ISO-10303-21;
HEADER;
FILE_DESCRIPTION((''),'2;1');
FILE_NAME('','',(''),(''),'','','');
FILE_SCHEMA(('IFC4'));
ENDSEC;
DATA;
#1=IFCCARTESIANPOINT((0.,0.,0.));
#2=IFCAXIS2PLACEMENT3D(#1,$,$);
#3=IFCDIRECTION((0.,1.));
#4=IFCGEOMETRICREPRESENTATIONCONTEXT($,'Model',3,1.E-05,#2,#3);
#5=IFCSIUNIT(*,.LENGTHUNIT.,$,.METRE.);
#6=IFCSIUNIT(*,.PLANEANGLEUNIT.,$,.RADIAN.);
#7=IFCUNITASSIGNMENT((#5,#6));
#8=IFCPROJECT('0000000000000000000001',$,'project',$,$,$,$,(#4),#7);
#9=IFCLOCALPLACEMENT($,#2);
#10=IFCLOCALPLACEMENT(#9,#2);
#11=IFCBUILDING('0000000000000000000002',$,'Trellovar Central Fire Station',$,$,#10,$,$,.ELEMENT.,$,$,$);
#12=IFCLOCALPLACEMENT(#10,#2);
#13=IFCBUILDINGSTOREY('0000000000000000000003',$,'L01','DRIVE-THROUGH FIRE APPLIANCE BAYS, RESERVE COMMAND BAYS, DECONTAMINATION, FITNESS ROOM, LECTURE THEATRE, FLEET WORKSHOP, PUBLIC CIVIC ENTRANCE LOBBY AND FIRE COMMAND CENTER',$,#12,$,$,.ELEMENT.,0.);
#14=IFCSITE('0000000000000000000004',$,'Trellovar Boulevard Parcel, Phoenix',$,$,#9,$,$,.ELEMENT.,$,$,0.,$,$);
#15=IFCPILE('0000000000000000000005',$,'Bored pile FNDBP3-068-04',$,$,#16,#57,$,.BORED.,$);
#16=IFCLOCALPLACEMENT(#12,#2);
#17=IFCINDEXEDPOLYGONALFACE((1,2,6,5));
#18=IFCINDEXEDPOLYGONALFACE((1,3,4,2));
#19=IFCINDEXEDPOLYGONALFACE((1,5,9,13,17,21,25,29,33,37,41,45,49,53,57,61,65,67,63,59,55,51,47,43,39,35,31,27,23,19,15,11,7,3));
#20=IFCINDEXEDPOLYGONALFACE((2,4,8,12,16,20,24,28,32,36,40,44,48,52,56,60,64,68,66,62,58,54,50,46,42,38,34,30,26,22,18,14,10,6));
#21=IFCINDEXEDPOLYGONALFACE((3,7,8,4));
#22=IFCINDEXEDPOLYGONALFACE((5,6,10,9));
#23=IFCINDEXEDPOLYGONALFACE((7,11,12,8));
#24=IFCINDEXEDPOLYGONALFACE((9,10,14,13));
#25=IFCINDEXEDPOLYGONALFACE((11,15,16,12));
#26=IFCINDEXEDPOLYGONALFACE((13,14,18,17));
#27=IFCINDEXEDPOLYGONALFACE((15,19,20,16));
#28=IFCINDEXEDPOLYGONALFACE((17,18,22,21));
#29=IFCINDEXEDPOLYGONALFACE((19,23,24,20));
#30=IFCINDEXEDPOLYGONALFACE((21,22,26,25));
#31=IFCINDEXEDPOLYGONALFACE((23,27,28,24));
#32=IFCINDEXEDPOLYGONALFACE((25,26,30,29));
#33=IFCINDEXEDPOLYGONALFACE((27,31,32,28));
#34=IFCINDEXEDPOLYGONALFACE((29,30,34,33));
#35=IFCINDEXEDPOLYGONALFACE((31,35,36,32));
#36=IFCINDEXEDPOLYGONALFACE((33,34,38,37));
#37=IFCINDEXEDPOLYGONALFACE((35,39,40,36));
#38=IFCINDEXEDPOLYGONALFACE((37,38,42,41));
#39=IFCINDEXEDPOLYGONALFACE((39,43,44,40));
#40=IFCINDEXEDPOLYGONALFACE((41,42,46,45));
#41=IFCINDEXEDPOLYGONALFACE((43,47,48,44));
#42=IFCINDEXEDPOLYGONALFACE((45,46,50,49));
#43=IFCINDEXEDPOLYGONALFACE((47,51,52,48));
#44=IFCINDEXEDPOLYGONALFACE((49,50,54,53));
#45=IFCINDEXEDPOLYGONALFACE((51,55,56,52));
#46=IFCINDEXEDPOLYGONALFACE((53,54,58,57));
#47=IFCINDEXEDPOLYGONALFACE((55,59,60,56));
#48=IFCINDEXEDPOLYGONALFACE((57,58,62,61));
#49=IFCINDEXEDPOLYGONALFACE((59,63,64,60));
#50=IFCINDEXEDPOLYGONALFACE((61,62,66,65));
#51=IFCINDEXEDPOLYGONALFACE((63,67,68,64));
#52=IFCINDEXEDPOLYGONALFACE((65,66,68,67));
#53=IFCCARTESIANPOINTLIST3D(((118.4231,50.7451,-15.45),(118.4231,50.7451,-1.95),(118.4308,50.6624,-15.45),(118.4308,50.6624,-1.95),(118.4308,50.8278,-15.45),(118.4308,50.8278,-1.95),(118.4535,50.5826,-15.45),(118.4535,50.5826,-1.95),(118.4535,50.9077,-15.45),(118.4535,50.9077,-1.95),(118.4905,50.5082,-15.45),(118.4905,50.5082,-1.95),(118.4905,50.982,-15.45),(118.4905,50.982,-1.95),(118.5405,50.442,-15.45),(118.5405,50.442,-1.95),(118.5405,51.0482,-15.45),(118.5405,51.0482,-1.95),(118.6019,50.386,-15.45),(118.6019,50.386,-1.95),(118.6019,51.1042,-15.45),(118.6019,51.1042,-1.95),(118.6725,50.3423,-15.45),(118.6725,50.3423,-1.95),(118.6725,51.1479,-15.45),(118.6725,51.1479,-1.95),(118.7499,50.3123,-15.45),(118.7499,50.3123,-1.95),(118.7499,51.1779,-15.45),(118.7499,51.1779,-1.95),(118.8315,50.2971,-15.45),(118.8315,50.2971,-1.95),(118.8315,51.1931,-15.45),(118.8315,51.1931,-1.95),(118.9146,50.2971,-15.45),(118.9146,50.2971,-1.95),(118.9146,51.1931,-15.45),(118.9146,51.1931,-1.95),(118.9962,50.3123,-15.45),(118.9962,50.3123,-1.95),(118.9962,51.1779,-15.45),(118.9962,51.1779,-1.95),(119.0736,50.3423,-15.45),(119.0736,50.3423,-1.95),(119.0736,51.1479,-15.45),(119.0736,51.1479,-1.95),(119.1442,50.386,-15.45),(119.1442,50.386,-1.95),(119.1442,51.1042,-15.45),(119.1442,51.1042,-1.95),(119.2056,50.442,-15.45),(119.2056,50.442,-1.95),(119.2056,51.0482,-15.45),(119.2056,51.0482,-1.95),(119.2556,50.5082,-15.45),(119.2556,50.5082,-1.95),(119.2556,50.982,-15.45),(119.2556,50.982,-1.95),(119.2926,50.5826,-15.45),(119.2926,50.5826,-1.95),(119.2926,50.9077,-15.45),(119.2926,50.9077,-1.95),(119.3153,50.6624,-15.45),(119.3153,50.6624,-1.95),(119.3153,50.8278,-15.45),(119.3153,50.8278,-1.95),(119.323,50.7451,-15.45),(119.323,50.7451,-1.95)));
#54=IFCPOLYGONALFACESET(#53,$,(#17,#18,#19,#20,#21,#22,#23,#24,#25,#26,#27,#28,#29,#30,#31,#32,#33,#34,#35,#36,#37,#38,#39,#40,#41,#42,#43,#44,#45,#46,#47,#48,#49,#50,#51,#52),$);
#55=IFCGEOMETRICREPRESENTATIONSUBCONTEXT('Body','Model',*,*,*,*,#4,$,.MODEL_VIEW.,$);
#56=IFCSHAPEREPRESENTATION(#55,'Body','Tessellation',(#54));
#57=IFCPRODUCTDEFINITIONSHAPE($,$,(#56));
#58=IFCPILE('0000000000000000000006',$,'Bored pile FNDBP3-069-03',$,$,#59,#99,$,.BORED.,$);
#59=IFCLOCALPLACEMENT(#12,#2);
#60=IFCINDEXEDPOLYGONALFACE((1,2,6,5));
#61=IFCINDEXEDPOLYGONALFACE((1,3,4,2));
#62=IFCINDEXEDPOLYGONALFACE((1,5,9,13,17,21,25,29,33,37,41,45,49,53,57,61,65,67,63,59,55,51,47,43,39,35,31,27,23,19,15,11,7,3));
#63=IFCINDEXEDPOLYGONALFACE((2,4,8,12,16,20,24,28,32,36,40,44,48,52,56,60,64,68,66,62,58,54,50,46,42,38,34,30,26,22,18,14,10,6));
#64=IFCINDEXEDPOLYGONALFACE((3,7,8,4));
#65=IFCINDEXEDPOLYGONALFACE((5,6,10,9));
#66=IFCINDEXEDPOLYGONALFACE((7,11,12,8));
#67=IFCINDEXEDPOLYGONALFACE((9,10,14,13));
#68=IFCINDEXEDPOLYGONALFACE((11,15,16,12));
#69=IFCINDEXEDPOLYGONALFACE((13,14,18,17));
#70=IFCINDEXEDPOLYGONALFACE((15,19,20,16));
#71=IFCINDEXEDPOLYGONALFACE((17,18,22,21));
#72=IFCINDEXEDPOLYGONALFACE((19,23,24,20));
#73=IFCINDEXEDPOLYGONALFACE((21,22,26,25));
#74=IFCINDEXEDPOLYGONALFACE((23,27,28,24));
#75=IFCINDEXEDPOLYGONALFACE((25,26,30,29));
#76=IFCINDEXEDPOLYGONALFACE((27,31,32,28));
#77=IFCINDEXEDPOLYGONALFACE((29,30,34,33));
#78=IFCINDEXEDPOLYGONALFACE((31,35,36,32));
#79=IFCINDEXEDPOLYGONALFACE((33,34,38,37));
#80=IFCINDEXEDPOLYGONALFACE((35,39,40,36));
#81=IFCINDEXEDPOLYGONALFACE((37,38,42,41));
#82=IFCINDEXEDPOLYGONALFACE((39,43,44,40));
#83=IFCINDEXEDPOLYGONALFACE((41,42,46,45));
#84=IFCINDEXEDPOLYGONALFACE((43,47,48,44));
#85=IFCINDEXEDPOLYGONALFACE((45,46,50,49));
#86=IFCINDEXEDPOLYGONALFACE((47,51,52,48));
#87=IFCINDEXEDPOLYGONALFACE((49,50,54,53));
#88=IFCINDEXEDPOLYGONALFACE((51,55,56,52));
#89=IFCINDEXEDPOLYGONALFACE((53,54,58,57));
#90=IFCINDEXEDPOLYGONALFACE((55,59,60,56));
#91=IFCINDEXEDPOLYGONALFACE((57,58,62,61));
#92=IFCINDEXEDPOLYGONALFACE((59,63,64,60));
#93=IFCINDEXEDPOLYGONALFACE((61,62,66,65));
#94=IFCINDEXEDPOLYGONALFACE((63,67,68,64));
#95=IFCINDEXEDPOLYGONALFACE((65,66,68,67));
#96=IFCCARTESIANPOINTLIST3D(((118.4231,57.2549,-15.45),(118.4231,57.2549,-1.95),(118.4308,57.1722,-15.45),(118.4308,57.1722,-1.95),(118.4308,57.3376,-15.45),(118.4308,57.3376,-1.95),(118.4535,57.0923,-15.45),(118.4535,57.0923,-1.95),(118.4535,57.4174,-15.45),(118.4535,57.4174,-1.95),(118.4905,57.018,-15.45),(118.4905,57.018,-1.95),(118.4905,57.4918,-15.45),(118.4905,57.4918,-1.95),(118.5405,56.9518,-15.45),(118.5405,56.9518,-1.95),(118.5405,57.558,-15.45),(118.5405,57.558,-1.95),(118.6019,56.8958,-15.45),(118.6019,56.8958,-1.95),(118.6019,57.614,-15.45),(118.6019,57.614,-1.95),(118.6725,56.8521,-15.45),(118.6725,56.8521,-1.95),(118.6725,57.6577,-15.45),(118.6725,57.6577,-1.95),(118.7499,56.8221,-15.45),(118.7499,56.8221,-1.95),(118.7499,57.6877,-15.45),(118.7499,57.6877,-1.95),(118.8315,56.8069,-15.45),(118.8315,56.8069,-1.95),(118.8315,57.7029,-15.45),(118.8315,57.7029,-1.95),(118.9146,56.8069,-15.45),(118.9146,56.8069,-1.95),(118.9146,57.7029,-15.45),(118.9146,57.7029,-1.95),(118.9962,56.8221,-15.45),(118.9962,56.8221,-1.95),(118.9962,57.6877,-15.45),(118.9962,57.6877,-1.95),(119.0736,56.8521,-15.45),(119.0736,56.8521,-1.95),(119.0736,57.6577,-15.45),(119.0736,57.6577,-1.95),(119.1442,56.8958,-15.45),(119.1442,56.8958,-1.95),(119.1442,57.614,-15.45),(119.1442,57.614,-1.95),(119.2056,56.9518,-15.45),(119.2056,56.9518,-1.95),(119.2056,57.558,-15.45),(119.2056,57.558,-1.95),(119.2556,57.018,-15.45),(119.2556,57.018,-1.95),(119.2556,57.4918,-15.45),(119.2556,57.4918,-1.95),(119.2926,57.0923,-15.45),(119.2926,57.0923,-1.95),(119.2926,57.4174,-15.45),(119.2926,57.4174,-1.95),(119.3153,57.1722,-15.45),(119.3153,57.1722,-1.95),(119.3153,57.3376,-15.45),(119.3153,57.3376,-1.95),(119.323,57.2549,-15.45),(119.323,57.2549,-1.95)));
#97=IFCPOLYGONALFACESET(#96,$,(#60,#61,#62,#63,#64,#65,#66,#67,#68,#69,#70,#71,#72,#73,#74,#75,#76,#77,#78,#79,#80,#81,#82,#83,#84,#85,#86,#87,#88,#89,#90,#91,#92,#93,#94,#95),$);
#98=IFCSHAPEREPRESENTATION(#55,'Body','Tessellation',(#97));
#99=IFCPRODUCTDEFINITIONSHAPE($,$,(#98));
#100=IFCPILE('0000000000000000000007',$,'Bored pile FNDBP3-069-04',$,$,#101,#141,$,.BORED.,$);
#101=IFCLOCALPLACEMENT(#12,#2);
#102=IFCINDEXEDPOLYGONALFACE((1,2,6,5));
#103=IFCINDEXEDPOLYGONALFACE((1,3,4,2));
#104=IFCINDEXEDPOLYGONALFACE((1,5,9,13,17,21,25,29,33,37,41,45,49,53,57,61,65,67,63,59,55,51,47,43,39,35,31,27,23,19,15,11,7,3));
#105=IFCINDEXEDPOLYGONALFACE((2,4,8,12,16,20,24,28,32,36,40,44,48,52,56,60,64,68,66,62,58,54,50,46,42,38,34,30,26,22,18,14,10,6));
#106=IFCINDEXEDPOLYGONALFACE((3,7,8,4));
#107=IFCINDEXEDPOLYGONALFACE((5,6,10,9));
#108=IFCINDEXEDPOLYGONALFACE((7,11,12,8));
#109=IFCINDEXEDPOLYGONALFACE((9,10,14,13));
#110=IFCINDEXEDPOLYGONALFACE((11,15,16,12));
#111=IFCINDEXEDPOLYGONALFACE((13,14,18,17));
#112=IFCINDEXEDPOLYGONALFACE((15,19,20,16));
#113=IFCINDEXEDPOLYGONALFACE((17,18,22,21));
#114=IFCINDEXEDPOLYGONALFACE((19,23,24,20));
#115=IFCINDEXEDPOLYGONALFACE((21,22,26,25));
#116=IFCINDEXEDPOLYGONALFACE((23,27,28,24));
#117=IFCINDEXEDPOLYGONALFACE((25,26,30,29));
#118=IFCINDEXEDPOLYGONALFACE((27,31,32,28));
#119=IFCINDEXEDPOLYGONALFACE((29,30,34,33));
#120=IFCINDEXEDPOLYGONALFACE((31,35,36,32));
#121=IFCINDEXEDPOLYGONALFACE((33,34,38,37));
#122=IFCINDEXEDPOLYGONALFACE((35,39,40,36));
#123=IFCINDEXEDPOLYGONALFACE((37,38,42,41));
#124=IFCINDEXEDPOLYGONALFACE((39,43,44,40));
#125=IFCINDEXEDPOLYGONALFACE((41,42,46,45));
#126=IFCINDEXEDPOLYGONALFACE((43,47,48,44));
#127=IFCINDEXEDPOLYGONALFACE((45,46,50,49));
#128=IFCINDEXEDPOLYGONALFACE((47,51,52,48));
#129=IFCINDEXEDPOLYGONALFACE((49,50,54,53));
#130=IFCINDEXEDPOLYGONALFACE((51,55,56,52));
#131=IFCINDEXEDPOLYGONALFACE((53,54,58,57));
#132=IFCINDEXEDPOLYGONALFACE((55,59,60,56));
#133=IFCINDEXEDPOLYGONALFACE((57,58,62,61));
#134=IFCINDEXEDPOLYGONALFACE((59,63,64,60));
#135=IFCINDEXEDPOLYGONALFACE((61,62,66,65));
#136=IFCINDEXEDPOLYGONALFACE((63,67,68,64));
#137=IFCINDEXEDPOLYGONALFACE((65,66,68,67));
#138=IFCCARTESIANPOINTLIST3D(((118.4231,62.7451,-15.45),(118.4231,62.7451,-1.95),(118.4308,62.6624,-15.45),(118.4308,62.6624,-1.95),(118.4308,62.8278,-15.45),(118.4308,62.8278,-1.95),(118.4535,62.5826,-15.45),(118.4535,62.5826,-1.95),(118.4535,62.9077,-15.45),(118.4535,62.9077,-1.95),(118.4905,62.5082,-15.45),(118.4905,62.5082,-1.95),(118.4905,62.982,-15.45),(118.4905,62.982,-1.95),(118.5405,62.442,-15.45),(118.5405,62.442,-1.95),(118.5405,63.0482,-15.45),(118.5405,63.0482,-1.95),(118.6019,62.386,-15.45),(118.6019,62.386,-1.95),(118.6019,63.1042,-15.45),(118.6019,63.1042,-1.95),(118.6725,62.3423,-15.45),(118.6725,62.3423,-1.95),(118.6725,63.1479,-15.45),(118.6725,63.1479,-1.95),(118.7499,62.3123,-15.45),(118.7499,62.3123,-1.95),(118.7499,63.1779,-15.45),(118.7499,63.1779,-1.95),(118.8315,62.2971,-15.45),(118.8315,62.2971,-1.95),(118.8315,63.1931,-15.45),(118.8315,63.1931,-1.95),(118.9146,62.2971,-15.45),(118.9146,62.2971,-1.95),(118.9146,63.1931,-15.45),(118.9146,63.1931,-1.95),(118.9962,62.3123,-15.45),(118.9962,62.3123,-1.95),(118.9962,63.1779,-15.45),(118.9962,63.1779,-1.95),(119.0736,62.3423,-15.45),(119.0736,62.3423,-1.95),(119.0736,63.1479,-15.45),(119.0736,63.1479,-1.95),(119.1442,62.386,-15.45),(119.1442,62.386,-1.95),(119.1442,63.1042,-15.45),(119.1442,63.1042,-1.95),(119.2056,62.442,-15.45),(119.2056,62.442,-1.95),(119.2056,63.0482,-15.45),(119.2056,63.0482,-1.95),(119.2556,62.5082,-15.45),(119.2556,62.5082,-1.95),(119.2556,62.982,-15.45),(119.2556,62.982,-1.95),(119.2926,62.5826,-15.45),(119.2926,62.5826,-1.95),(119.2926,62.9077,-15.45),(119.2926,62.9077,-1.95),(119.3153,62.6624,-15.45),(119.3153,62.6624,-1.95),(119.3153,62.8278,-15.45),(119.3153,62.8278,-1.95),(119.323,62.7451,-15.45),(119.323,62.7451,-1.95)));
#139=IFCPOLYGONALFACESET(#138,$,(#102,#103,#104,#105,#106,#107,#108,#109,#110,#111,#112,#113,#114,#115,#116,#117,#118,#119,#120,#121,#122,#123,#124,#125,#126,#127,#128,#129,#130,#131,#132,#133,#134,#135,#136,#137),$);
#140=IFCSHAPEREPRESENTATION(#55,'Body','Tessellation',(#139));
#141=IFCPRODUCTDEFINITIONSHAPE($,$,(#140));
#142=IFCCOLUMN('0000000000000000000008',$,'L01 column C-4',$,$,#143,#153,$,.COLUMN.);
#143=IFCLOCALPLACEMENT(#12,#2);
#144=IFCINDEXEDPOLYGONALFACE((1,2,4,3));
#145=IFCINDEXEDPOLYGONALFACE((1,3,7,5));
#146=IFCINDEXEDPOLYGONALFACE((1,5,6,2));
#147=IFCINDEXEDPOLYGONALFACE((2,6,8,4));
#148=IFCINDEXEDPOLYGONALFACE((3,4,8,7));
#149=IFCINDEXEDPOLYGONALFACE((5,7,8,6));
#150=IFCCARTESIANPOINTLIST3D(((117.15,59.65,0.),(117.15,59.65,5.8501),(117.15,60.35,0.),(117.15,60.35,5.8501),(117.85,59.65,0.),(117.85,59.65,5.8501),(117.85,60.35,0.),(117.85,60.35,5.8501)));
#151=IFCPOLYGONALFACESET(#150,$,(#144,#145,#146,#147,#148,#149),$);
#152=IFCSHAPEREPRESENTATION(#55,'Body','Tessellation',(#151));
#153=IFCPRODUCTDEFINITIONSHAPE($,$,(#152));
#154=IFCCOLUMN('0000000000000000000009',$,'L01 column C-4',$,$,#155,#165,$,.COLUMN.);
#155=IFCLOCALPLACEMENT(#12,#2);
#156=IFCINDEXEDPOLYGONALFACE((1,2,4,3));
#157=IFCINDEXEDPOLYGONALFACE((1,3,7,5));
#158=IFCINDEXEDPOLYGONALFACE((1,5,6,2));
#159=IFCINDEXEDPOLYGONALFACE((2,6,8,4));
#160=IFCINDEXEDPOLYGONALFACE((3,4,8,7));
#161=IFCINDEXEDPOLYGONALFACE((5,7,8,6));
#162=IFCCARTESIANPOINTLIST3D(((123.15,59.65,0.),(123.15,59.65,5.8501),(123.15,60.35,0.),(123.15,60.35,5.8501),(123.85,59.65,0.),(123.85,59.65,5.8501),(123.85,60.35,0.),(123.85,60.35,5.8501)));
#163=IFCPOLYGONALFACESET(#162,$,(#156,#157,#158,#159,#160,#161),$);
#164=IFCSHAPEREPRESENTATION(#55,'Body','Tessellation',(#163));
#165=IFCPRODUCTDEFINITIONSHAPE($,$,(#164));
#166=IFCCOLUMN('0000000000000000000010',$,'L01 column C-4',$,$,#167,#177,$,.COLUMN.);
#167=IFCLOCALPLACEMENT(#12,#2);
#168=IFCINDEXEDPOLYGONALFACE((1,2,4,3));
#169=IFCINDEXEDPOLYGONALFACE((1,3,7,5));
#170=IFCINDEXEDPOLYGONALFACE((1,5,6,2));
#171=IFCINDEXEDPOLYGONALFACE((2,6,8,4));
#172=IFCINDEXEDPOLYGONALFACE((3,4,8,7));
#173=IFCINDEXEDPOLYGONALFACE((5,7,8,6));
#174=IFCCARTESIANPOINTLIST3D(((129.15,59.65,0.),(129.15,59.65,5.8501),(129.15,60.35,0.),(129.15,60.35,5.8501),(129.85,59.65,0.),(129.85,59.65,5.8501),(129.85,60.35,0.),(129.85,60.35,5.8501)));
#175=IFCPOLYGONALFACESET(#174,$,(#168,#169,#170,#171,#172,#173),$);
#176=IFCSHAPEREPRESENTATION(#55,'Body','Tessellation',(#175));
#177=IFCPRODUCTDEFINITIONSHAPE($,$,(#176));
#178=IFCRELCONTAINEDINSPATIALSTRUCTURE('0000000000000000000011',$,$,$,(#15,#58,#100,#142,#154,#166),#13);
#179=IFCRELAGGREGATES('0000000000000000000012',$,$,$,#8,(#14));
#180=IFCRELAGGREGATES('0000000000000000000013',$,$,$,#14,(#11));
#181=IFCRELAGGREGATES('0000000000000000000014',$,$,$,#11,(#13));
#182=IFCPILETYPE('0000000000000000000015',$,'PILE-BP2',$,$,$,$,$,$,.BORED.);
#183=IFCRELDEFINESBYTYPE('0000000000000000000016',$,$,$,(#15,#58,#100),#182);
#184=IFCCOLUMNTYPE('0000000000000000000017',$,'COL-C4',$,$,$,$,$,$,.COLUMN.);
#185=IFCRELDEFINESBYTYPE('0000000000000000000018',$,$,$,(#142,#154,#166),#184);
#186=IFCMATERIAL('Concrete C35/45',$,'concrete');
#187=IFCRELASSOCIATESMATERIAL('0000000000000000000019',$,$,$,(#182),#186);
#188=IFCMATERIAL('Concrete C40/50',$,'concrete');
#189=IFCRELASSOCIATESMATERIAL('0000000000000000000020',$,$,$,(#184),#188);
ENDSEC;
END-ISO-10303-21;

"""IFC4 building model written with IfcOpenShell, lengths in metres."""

from ifc_helpers import new_model, si_unit, direction, frame, origin, origin_2d, place, context, subcontext, project, spatial, rectangle, circle, extrude, material, material_profile, profile_set, type_object, element, save


model = new_model("IFC4")

# Units and contexts
model_context = context("Model", 3, precision=1e-05, world=origin(), true_north=direction((0.0, 1.0)))
body_context = subcontext(model_context, "Body", "Model", "MODEL_VIEW")
ifc_project = project(units=[si_unit("LENGTHUNIT", "METRE"), si_unit("PLANEANGLEUNIT", "RADIAN")], contexts=[model_context])

# Site, building, storey
site_placement = place(None, origin())
site = spatial("IfcSite", under=ifc_project, at=site_placement, Name="Trellovar Boulevard Parcel, Phoenix", CompositionType="ELEMENT", RefElevation=0.0)
building_placement = place(site_placement, origin())
building = spatial("IfcBuilding", under=site, at=building_placement, Name="Trellovar Central Fire Station", CompositionType="ELEMENT")
storey_placement = place(building_placement, origin())
storey = spatial("IfcBuildingStorey", under=building, at=storey_placement, Name="L01", Description="DRIVE-THROUGH FIRE APPLIANCE BAYS, RESERVE COMMAND BAYS, DECONTAMINATION, FITNESS ROOM, LECTURE THEATRE, FLEET WORKSHOP, PUBLIC CIVIC ENTRANCE LOBBY AND FIRE COMMAND CENTER", CompositionType="ELEMENT", Elevation=0.0)

# Piles
ifc_material_1 = material(Name="Concrete C35/45", Category="concrete")
ifc_material_profile_1 = material_profile(ifc_material_1, circle(Radius=0.45, at=origin_2d()), Name="PILE900")
ifc_profile_set_1 = profile_set([ifc_material_profile_1], Name="Concrete C35/45")
pile_type_1 = type_object("IfcPileType", Name="PILE-BP2", PredefinedType="BORED", material=ifc_profile_set_1)
for number, where, z_axis, x_axis, name in (
    (1, (118.873, 50.7451, -1.95), (0.0, 0.0, -1.0), (1.0, 0.0, 0.0), "Bored pile FNDBP3-068-04"),
    (2, (118.873, 57.2549, -1.95), (0.0, 0.0, -1.0), (1.0, 0.0, 0.0), "Bored pile FNDBP3-069-03"),
    (3, (118.873, 62.7451, -1.95), (0.0, 0.0, -1.0), (1.0, 0.0, 0.0), "Bored pile FNDBP3-069-04"),
):
    element("IfcPile", number, at=place(storey_placement, frame(where, z_axis=z_axis, x_axis=x_axis)), inside=storey, type_object=pile_type_1, Name=name, PredefinedType="BORED", context=body_context, shape_type="SweptSolid", body=[
        extrude(circle(Radius=0.45, at=origin_2d()), origin(), (0.0, 0.0, 1.0), 13.5),
    ])

# Columns
ifc_material_2 = material(Name="Concrete C40/50", Category="concrete")
ifc_material_profile_2 = material_profile(ifc_material_2, rectangle(XDim=0.7, YDim=0.7, at=origin_2d()), Name="RC700X700")
ifc_profile_set_2 = profile_set([ifc_material_profile_2], Name="Concrete C40/50")
column_type = type_object("IfcColumnType", Name="COL-C4", PredefinedType="COLUMN", material=ifc_profile_set_2)
for number, where, z_axis, x_axis, name in (
    (4, (117.5, 60.0, 0.0), (0.0, 0.0, 1.0), (1.0, 0.0, 0.0), "L01 column C-4"),
    (5, (123.5, 60.0, 0.0), (0.0, 0.0, 1.0), (1.0, 0.0, 0.0), "L01 column C-4"),
    (6, (129.5, 60.0, 0.0), (0.0, 0.0, 1.0), (1.0, 0.0, 0.0), "L01 column C-4"),
):
    element("IfcColumn", number, at=place(storey_placement, frame(where, z_axis=z_axis, x_axis=x_axis)), inside=storey, type_object=column_type, Name=name, PredefinedType="COLUMN", context=body_context, shape_type="SweptSolid", body=[
        extrude(rectangle(XDim=0.7, YDim=0.7, at=origin_2d()), origin(), (0.0, 0.0, 1.0), 5.8501),
    ])

save(model, "model.ifc")
